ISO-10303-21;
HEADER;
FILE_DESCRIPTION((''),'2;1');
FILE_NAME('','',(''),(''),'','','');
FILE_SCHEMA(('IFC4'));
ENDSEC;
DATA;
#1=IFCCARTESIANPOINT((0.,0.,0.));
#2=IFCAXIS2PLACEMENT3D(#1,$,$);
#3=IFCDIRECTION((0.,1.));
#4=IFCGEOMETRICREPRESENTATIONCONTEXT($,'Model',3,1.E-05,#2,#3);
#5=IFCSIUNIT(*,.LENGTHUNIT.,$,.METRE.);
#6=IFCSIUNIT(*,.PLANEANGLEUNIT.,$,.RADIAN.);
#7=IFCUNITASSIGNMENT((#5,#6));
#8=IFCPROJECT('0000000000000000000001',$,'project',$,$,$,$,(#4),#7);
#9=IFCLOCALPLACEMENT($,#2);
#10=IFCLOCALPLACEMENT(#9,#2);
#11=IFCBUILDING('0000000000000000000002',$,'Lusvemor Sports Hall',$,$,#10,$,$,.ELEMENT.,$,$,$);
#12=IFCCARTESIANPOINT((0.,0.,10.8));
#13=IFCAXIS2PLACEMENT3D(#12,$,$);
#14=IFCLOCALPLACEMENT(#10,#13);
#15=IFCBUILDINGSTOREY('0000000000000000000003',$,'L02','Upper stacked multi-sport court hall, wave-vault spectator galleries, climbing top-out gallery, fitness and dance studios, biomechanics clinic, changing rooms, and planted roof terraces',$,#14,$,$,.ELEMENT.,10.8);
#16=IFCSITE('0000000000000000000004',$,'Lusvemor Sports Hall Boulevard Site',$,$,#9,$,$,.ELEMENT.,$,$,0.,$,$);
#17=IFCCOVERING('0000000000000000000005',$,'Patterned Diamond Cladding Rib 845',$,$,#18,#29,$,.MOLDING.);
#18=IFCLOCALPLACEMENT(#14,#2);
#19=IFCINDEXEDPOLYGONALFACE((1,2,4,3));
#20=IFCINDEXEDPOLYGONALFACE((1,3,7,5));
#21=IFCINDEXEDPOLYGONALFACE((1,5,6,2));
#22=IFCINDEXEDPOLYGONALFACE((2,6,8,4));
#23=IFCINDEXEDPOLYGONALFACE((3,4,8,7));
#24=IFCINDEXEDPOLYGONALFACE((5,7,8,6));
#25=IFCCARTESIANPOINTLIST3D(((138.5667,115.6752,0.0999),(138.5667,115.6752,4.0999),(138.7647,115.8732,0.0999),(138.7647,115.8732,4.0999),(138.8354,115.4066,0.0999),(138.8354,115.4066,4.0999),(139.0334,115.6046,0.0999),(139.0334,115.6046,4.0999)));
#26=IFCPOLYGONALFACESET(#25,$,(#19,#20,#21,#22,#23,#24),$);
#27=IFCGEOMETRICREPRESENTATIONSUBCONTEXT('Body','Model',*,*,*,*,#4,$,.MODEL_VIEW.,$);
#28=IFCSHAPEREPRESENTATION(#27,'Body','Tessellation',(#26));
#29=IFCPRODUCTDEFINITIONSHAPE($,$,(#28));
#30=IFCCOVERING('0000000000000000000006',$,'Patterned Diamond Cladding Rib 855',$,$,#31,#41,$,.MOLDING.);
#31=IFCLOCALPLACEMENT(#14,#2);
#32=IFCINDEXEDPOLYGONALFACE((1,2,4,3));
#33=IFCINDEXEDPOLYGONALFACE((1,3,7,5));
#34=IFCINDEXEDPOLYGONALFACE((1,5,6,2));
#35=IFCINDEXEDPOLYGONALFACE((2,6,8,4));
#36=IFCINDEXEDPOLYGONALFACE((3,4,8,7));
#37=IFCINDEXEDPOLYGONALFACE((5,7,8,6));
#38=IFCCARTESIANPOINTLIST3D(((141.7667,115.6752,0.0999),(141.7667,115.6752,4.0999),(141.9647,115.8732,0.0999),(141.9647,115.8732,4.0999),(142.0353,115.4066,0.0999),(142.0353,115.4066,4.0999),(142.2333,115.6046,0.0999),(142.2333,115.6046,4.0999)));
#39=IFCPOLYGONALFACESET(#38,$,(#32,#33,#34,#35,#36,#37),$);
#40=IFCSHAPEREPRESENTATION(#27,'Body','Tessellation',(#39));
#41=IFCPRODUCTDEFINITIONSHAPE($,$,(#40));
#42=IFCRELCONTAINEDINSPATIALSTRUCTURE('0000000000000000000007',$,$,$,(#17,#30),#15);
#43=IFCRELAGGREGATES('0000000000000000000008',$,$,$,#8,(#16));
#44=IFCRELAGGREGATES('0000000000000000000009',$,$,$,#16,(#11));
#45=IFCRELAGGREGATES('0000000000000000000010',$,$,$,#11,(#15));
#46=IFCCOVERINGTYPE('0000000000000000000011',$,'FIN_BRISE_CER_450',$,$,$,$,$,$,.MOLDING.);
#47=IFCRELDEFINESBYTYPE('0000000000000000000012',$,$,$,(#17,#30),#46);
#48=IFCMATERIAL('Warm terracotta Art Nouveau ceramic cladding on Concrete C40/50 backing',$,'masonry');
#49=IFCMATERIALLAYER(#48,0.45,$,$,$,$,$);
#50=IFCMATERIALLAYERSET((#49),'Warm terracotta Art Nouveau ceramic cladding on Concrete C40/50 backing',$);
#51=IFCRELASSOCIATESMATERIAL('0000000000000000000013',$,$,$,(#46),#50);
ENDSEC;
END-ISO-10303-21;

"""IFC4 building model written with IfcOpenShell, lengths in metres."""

from ifc_helpers import new_model, si_unit, direction, frame, origin, origin_2d, place, context, subcontext, project, spatial, rectangle, extrude, material, layer, layer_set, type_object, element, save


model = new_model("IFC4")

# Units and contexts
model_context = context("Model", 3, precision=1e-05, world=origin(), true_north=direction((0.0, 1.0)))
body_context = subcontext(model_context, "Body", "Model", "MODEL_VIEW")
ifc_project = project(units=[si_unit("LENGTHUNIT", "METRE"), si_unit("PLANEANGLEUNIT", "RADIAN")], contexts=[model_context])

# Site, building, storey
site_placement = place(None, origin())
site = spatial("IfcSite", under=ifc_project, at=site_placement, Name="Lusvemor Sports Hall Boulevard Site", CompositionType="ELEMENT", RefElevation=0.0)
building_placement = place(site_placement, origin())
building = spatial("IfcBuilding", under=site, at=building_placement, Name="Lusvemor Sports Hall", CompositionType="ELEMENT")
storey_placement = place(building_placement, frame((0.0, 0.0, 10.8)))
storey = spatial("IfcBuildingStorey", under=building, at=storey_placement, Name="L02", Description="Upper stacked multi-sport court hall, wave-vault spectator galleries, climbing top-out gallery, fitness and dance studios, biomechanics clinic, changing rooms, and planted roof terraces", CompositionType="ELEMENT", Elevation=10.8)

# Coverings
ifc_material_1 = material(Name="Warm terracotta Art Nouveau ceramic cladding on Concrete C40/50 backing", Category="masonry")
ifc_layer_1 = layer(ifc_material_1, 0.45)
ifc_layer_set_1 = layer_set([ifc_layer_1], Name="Warm terracotta Art Nouveau ceramic cladding on Concrete C40/50 backing")
covering_type_1 = type_object("IfcCoveringType", Name="FIN_BRISE_CER_450", PredefinedType="MOLDING", material=ifc_layer_set_1)
for number, where, z_axis, x_axis, name in (
    (1, (138.8, 115.6399, 0.0999), (0.0, 0.0, 1.0), (0.707107, 0.707107, 0.0), "Patterned Diamond Cladding Rib 845"),
    (2, (142.0, 115.6399, 0.0999), (0.0, 0.0, 1.0), (0.707107, 0.707107, 0.0), "Patterned Diamond Cladding Rib 855"),
):
    element("IfcCovering", number, at=place(storey_placement, frame(where, z_axis=z_axis, x_axis=x_axis)), inside=storey, type_object=covering_type_1, Name=name, PredefinedType="MOLDING", context=body_context, shape_type="SweptSolid", body=[
        extrude(rectangle(XDim=0.28, YDim=0.3799, at=origin_2d()), origin(), (0.0, 0.0, 1.0), 4.0),
    ])

save(model, "model.ifc")
